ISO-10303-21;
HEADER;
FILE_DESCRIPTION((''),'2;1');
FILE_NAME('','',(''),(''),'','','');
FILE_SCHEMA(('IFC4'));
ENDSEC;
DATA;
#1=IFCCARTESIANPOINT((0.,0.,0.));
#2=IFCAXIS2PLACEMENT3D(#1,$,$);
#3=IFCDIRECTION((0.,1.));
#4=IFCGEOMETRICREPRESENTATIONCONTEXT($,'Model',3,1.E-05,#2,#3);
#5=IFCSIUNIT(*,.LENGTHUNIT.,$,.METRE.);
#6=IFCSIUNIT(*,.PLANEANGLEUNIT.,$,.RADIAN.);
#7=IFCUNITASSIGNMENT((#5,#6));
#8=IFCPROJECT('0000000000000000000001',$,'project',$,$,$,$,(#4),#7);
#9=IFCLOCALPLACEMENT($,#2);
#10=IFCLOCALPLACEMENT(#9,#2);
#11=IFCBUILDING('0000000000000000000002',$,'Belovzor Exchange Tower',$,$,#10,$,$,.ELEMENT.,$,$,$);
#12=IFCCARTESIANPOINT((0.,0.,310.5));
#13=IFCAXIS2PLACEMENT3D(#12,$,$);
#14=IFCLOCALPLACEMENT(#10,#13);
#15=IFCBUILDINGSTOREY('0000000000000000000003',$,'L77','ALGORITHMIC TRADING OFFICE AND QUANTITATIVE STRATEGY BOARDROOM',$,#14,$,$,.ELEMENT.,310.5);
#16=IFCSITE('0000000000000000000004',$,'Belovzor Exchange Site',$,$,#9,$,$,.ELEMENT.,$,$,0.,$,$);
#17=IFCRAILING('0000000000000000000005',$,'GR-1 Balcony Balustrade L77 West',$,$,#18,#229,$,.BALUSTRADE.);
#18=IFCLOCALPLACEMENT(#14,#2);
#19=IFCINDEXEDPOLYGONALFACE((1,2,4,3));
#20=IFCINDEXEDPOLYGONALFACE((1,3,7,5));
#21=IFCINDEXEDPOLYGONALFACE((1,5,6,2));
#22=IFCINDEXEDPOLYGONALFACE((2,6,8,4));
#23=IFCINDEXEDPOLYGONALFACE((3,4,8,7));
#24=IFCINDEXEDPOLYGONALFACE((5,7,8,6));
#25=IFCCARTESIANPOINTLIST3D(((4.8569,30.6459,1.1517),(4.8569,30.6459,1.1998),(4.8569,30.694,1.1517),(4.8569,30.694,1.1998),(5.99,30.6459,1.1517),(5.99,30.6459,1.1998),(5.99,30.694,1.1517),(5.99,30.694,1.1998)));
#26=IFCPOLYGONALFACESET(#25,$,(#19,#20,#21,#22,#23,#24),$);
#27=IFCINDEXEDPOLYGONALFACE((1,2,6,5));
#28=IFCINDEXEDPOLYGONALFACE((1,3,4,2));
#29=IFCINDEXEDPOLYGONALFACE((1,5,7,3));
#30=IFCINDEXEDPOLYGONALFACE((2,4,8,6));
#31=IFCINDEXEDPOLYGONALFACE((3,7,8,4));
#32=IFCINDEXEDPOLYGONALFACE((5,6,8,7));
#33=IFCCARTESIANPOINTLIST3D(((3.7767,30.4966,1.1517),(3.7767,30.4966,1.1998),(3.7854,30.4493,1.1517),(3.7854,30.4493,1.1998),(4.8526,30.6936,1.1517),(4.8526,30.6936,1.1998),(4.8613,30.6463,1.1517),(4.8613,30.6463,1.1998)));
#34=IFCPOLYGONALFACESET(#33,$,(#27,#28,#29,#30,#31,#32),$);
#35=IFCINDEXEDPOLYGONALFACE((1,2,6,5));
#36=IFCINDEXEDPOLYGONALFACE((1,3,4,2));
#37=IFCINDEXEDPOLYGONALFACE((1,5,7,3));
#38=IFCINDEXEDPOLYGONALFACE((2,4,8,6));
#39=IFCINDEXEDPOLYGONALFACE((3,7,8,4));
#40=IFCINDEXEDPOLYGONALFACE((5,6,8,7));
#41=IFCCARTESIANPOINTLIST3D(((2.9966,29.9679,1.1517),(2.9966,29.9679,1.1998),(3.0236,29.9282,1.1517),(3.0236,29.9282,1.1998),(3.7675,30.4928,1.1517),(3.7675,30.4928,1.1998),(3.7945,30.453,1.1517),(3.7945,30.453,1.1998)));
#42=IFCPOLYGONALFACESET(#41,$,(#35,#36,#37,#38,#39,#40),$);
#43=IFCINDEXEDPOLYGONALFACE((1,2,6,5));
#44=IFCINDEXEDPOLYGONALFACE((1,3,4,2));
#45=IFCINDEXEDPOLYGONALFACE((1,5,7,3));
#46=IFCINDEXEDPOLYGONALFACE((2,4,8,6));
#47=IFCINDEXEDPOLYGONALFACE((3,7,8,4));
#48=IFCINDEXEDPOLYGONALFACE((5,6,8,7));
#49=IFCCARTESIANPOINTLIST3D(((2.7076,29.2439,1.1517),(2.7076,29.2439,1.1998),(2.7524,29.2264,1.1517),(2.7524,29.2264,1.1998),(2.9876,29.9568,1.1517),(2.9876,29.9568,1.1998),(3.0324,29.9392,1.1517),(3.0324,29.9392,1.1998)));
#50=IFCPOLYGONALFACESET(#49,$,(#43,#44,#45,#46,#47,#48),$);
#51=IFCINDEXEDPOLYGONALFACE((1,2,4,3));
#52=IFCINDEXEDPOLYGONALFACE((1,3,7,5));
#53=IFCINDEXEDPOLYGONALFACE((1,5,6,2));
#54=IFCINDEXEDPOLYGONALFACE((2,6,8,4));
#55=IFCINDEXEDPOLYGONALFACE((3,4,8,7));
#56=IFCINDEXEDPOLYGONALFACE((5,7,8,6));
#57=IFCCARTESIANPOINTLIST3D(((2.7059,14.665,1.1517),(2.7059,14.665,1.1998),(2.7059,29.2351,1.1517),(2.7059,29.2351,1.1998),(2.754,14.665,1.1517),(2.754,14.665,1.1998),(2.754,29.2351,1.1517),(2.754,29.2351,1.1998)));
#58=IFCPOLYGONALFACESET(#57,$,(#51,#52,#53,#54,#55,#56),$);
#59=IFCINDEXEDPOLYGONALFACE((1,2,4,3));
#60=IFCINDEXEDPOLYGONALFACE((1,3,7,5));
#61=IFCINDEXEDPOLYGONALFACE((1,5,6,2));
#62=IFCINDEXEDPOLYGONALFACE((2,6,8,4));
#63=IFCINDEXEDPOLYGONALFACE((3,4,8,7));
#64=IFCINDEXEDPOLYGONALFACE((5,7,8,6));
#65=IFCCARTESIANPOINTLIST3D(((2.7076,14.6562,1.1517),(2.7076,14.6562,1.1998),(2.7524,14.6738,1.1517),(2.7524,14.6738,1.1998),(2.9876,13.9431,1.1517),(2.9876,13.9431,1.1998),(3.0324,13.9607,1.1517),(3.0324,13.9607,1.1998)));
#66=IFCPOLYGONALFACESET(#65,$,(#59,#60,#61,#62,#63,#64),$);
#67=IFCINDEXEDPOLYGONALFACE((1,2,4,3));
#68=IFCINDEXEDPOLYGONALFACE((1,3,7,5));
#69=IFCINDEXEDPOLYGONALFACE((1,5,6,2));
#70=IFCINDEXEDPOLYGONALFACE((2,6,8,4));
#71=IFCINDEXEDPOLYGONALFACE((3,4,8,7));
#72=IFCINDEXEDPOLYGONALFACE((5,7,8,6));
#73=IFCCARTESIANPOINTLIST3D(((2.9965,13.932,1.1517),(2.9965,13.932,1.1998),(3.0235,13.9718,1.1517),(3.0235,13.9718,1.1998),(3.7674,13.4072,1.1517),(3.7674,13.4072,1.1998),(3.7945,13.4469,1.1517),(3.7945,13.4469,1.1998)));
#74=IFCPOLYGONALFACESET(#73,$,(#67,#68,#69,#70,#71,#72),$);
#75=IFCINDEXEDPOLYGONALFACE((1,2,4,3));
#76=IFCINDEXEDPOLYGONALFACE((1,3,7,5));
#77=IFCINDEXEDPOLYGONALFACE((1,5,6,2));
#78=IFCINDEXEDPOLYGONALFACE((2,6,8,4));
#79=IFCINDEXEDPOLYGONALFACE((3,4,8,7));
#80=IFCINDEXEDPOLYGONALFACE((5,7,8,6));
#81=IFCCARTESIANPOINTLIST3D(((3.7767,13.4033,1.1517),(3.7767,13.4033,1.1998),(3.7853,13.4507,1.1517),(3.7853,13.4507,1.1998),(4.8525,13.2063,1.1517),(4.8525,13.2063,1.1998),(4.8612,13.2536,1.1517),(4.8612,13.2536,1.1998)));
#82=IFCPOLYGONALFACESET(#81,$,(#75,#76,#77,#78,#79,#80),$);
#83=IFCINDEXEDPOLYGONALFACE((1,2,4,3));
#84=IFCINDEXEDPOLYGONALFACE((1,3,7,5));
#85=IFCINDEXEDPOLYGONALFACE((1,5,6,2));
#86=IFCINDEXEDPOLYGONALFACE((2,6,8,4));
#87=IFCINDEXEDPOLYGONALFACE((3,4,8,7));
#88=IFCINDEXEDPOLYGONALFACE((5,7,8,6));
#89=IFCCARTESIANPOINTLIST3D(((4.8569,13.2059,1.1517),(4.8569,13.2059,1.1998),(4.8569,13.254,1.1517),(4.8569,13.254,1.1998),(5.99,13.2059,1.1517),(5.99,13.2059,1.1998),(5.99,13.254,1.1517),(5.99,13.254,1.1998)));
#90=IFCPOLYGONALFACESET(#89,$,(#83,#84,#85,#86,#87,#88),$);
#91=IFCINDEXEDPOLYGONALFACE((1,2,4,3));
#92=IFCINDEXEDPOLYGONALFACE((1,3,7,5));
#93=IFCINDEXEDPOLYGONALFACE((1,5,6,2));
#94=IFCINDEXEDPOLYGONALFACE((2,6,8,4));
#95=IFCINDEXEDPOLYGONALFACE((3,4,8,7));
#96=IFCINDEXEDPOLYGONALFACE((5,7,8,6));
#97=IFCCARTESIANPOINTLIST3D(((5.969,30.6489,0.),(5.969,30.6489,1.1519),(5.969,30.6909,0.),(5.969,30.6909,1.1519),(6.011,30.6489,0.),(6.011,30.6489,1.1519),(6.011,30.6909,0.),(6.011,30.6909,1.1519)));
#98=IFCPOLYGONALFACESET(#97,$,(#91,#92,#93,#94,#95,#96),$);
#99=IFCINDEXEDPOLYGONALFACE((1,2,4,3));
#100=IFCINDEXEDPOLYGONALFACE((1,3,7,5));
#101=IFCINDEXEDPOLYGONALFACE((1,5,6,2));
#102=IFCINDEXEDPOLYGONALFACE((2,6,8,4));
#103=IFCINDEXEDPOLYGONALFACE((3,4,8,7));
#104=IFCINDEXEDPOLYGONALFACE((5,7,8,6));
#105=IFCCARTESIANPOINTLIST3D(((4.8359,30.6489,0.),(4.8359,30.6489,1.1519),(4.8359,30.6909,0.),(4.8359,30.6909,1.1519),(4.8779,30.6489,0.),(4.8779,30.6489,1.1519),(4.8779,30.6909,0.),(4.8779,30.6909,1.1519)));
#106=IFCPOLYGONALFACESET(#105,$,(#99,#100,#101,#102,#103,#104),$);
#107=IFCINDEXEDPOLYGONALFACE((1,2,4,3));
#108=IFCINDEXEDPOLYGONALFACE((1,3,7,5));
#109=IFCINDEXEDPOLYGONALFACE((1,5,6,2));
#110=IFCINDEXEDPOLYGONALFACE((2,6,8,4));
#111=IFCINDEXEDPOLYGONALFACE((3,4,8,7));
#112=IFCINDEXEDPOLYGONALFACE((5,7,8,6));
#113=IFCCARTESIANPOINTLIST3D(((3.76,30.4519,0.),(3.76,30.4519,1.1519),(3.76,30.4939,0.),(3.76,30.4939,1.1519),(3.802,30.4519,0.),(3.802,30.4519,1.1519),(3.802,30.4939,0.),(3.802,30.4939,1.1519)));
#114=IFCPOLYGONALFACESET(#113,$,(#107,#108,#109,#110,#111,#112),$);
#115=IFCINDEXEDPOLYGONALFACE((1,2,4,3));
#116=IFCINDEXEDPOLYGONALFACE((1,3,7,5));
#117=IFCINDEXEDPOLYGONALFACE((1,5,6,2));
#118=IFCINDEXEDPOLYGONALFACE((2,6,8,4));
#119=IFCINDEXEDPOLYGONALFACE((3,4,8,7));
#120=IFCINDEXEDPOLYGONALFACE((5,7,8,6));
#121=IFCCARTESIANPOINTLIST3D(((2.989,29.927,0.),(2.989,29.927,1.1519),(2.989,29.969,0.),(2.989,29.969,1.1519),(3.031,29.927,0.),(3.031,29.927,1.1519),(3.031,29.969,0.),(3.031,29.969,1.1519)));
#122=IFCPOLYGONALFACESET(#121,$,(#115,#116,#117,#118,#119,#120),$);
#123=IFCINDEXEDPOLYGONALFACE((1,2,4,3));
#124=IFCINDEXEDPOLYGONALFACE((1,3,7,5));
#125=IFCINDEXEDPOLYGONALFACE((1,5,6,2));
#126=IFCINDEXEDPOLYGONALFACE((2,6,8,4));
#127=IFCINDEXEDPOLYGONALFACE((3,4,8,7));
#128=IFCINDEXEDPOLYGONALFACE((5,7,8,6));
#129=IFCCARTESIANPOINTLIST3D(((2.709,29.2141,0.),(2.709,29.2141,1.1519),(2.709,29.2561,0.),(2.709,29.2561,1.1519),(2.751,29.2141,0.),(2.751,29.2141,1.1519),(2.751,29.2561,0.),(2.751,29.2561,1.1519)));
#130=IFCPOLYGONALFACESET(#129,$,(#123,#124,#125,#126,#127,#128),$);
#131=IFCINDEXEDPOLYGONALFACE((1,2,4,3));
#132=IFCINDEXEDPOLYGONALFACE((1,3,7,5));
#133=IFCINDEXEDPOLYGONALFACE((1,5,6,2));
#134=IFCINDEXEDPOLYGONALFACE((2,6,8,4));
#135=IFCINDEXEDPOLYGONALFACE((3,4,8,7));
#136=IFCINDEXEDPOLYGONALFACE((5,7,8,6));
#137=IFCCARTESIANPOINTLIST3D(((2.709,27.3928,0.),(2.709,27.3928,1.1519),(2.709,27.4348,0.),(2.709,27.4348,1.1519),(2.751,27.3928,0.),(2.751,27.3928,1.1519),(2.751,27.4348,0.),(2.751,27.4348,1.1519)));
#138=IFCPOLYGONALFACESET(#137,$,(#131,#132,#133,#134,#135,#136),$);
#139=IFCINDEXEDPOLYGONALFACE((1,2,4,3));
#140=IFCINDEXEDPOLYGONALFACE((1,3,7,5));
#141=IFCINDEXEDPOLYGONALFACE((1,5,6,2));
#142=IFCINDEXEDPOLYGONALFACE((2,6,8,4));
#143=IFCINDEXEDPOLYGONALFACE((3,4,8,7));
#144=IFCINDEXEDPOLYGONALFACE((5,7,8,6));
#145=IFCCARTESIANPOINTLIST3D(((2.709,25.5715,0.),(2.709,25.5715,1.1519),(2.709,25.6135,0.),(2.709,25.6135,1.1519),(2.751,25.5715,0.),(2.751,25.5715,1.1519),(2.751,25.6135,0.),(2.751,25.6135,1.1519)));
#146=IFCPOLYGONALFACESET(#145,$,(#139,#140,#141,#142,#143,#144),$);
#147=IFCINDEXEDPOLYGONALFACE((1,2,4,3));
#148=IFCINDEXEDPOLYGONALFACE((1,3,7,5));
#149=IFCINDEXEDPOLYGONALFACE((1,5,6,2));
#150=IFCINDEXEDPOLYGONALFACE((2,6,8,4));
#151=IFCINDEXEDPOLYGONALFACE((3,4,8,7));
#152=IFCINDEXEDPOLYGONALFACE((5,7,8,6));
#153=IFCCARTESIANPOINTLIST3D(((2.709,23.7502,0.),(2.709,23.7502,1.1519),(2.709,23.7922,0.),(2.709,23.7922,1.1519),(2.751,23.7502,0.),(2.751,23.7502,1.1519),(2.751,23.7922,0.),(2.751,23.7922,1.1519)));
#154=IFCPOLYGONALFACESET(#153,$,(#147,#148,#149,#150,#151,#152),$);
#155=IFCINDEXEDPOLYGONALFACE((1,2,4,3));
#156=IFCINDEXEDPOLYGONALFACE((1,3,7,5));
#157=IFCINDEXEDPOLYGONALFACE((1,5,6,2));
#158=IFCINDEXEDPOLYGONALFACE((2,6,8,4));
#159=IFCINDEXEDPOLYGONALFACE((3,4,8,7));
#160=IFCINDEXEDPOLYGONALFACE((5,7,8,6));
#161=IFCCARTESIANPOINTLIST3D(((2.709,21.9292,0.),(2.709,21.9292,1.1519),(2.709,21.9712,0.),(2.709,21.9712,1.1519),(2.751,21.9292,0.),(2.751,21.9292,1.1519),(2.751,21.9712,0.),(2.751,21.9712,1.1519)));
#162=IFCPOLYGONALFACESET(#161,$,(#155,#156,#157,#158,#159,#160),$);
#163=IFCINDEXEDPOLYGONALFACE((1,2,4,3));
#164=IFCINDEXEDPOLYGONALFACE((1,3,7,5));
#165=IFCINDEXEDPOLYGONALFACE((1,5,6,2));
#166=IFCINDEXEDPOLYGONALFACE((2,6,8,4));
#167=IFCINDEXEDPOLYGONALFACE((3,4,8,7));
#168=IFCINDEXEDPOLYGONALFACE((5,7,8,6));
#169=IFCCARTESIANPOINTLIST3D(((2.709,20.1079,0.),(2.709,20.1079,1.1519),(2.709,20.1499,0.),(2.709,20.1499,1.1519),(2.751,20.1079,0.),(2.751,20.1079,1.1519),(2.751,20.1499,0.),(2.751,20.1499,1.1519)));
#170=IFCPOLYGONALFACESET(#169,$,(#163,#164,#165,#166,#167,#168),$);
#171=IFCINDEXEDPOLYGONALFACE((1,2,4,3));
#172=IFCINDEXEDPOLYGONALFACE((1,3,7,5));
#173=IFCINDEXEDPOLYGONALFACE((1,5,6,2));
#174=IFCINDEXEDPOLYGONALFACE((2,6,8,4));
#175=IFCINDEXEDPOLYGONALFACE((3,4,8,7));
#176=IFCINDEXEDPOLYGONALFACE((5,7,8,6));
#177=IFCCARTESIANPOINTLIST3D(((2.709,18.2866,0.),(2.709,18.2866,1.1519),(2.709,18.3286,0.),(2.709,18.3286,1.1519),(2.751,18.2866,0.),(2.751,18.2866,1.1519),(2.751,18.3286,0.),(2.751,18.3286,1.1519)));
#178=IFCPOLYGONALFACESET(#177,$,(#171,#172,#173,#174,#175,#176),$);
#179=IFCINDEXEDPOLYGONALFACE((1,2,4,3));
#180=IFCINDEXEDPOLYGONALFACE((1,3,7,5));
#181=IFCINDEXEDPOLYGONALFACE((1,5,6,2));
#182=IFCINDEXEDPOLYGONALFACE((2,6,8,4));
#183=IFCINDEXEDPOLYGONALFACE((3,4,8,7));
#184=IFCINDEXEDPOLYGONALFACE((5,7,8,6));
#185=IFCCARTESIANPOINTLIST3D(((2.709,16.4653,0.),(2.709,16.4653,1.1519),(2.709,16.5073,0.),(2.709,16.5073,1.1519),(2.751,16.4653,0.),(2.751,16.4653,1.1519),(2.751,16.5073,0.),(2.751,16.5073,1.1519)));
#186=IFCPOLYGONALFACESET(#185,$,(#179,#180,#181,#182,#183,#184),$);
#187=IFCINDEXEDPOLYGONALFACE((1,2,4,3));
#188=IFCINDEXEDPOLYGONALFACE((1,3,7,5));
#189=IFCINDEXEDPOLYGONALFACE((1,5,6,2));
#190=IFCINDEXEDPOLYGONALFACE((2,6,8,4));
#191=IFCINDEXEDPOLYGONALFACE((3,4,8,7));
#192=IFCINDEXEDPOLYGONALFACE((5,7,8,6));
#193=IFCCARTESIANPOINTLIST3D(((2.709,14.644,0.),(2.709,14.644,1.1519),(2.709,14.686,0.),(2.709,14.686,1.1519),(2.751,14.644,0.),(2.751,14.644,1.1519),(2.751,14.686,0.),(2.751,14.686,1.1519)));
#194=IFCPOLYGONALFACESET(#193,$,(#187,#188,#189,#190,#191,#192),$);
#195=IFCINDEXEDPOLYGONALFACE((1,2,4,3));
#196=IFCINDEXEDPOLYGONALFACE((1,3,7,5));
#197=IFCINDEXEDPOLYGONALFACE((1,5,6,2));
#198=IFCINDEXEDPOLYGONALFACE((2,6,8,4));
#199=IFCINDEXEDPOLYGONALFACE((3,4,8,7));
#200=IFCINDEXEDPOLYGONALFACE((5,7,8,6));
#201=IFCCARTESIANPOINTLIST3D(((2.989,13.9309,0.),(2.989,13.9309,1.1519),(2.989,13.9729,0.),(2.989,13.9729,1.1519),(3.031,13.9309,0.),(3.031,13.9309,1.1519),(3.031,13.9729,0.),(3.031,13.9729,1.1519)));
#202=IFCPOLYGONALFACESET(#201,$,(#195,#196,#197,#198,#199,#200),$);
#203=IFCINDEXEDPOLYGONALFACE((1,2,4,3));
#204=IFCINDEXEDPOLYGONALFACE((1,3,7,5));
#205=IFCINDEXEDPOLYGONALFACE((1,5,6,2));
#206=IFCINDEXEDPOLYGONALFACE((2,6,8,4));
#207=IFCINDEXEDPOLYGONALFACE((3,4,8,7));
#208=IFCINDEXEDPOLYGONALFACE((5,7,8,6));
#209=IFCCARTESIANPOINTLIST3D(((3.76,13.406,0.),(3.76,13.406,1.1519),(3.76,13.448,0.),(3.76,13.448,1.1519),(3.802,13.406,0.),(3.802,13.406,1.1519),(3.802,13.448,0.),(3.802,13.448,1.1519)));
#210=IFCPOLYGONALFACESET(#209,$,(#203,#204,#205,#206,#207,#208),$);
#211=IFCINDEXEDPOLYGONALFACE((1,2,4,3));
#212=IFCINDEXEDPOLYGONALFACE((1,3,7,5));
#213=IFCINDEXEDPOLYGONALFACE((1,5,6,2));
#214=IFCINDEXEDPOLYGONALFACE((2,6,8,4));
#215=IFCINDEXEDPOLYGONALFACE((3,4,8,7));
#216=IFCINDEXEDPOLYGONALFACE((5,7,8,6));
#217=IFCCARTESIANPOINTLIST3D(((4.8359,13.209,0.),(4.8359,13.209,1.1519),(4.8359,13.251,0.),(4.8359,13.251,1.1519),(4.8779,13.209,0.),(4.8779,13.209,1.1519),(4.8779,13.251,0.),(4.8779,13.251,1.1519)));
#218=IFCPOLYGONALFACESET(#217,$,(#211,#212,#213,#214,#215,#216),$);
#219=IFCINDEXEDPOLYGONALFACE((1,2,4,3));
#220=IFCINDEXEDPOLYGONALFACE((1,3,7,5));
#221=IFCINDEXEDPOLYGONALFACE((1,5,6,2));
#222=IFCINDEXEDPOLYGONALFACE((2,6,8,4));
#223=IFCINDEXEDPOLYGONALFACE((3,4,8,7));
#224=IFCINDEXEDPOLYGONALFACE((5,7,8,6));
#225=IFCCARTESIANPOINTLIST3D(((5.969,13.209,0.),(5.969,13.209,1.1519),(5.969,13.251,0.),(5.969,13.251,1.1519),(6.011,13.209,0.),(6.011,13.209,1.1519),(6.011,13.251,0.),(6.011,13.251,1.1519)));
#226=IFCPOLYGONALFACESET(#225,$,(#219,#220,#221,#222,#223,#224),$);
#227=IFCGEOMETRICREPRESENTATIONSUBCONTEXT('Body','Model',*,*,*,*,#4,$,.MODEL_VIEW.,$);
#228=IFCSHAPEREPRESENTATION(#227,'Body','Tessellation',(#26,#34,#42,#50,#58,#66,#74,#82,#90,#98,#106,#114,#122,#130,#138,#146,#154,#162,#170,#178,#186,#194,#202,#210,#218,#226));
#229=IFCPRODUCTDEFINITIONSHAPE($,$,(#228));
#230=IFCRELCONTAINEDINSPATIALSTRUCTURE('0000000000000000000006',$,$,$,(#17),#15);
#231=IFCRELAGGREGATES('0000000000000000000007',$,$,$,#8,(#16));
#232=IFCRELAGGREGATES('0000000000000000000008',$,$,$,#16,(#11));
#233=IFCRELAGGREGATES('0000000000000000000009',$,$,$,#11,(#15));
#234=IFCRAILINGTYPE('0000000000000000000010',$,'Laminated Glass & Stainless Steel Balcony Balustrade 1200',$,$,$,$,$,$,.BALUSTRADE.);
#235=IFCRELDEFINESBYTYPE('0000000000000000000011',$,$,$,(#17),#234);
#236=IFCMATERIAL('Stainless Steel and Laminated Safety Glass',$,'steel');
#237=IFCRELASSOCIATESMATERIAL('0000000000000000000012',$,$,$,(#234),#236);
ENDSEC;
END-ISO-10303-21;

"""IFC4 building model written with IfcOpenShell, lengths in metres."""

from ifc_helpers import new_model, si_unit, direction, frame, origin, origin_2d, place, context, subcontext, project, spatial, rectangle, extrude, material, type_object, element, save


model = new_model("IFC4")

# Units and contexts
model_context = context("Model", 3, precision=1e-05, world=origin(), true_north=direction((0.0, 1.0)))
body_context = subcontext(model_context, "Body", "Model", "MODEL_VIEW")
ifc_project = project(units=[si_unit("LENGTHUNIT", "METRE"), si_unit("PLANEANGLEUNIT", "RADIAN")], contexts=[model_context])

# Site, building, storey
site_placement = place(None, origin())
site = spatial("IfcSite", under=ifc_project, at=site_placement, Name="Belovzor Exchange Site", CompositionType="ELEMENT", RefElevation=0.0)
building_placement = place(site_placement, origin())
building = spatial("IfcBuilding", under=site, at=building_placement, Name="Belovzor Exchange Tower", CompositionType="ELEMENT")
storey_placement = place(building_placement, frame((0.0, 0.0, 310.5)))
storey = spatial("IfcBuildingStorey", under=building, at=storey_placement, Name="L77", Description="ALGORITHMIC TRADING OFFICE AND QUANTITATIVE STRATEGY BOARDROOM", CompositionType="ELEMENT", Elevation=310.5)

# Railing
ifc_material_1 = material(Name="Stainless Steel and Laminated Safety Glass", Category="steel")
railing_type = type_object("IfcRailingType", Name="Laminated Glass & Stainless Steel Balcony Balustrade 1200", PredefinedType="BALUSTRADE", material=ifc_material_1)
railing_placement = place(storey_placement, frame((5.99, 30.6699, 0.0)))
element("IfcRailing", 1, at=railing_placement, inside=storey, type_object=railing_type, Name="GR-1 Balcony Balustrade L77 West", PredefinedType="BALUSTRADE", context=body_context, shape_type="SweptSolid", body=[
    extrude(rectangle(XDim=0.0481, YDim=0.0481, at=origin_2d()), frame((0.0, 0.0, 1.1758), z_axis=(-1.0, 0.0, 0.0), x_axis=(0.0, -1.0, 0.0)), (0.0, 0.0, 1.0), 1.1331),
    extrude(rectangle(XDim=0.0481, YDim=0.0481, at=origin_2d()), frame((-1.1331, 0.0, 1.1758), z_axis=(-0.983644, -0.180123, 0.0), x_axis=(0.180123, -0.983644, 0.0)), (0.0, 0.0, 1.0), 1.0938),
    extrude(rectangle(XDim=0.0481, YDim=0.0481, at=origin_2d()), frame((-2.209, -0.197, 1.1758), z_axis=(-0.826615, -0.562768, 0.0), x_axis=(0.562768, -0.826615, 0.0)), (0.0, 0.0, 1.0), 0.9326),
    extrude(rectangle(XDim=0.0481, YDim=0.0481, at=origin_2d()), frame((-2.98, -0.7219, 1.1758), z_axis=(-0.365613, -0.930767, 0.0), x_axis=(0.930767, -0.365613, 0.0)), (0.0, 0.0, 1.0), 0.7659),
    extrude(rectangle(XDim=0.0481, YDim=0.0481, at=origin_2d()), frame((-3.26, -1.4348, 1.1758), z_axis=(0.0, -1.0, 0.0), x_axis=(1.0, 0.0, 0.0)), (0.0, 0.0, 1.0), 14.5701),
    extrude(rectangle(XDim=0.0481, YDim=0.0481, at=origin_2d()), frame((-3.26, -16.0049, 1.1758), z_axis=(0.365504, -0.93081, 0.0), x_axis=(0.93081, 0.365504, 0.0)), (0.0, 0.0, 1.0), 0.7661),
    extrude(rectangle(XDim=0.0481, YDim=0.0481, at=origin_2d()), frame((-2.98, -16.718, 1.1758), z_axis=(0.826615, -0.562768, 0.0), x_axis=(0.562768, 0.826615, 0.0)), (0.0, 0.0, 1.0), 0.9326),
    extrude(rectangle(XDim=0.0481, YDim=0.0481, at=origin_2d()), frame((-2.209, -17.2429, 1.1758), z_axis=(0.983644, -0.180123, 0.0), x_axis=(0.180123, 0.983644, 0.0)), (0.0, 0.0, 1.0), 1.0938),
    extrude(rectangle(XDim=0.0481, YDim=0.0481, at=origin_2d()), frame((-1.1331, -17.4399, 1.1758), z_axis=(1.0, 0.0, 0.0), x_axis=(0.0, 1.0, 0.0)), (0.0, 0.0, 1.0), 1.1331),
    extrude(rectangle(XDim=0.042, YDim=0.042, at=origin_2d()), origin(), (0.0, 0.0, 1.0), 1.1519),
    extrude(rectangle(XDim=0.042, YDim=0.042, at=origin_2d()), frame((-1.1331, 0.0, 0.0)), (0.0, 0.0, 1.0), 1.1519),
    extrude(rectangle(XDim=0.042, YDim=0.042, at=origin_2d()), frame((-2.209, -0.197, 0.0)), (0.0, 0.0, 1.0), 1.1519),
    extrude(rectangle(XDim=0.042, YDim=0.042, at=origin_2d()), frame((-2.98, -0.7219, 0.0)), (0.0, 0.0, 1.0), 1.1519),
    extrude(rectangle(XDim=0.042, YDim=0.042, at=origin_2d()), frame((-3.26, -1.4348, 0.0)), (0.0, 0.0, 1.0), 1.1519),
    extrude(rectangle(XDim=0.042, YDim=0.042, at=origin_2d()), frame((-3.26, -3.2561, 0.0)), (0.0, 0.0, 1.0), 1.1519),
    extrude(rectangle(XDim=0.042, YDim=0.042, at=origin_2d()), frame((-3.26, -5.0774, 0.0)), (0.0, 0.0, 1.0), 1.1519),
    extrude(rectangle(XDim=0.042, YDim=0.042, at=origin_2d()), frame((-3.26, -6.8987, 0.0)), (0.0, 0.0, 1.0), 1.1519),
    extrude(rectangle(XDim=0.042, YDim=0.042, at=origin_2d()), frame((-3.26, -8.7197, 0.0)), (0.0, 0.0, 1.0), 1.1519),
    extrude(rectangle(XDim=0.042, YDim=0.042, at=origin_2d()), frame((-3.26, -10.541, 0.0)), (0.0, 0.0, 1.0), 1.1519),
    extrude(rectangle(XDim=0.042, YDim=0.042, at=origin_2d()), frame((-3.26, -12.3623, 0.0)), (0.0, 0.0, 1.0), 1.1519),
    extrude(rectangle(XDim=0.042, YDim=0.042, at=origin_2d()), frame((-3.26, -14.1836, 0.0)), (0.0, 0.0, 1.0), 1.1519),
    extrude(rectangle(XDim=0.042, YDim=0.042, at=origin_2d()), frame((-3.26, -16.0049, 0.0)), (0.0, 0.0, 1.0), 1.1519),
    extrude(rectangle(XDim=0.042, YDim=0.042, at=origin_2d()), frame((-2.98, -16.718, 0.0)), (0.0, 0.0, 1.0), 1.1519),
    extrude(rectangle(XDim=0.042, YDim=0.042, at=origin_2d()), frame((-2.209, -17.2429, 0.0)), (0.0, 0.0, 1.0), 1.1519),
    extrude(rectangle(XDim=0.042, YDim=0.042, at=origin_2d()), frame((-1.1331, -17.4399, 0.0)), (0.0, 0.0, 1.0), 1.1519),
    extrude(rectangle(XDim=0.042, YDim=0.042, at=origin_2d()), frame((0.0, -17.4399, 0.0)), (0.0, 0.0, 1.0), 1.1519),
])

save(model, "model.ifc")
